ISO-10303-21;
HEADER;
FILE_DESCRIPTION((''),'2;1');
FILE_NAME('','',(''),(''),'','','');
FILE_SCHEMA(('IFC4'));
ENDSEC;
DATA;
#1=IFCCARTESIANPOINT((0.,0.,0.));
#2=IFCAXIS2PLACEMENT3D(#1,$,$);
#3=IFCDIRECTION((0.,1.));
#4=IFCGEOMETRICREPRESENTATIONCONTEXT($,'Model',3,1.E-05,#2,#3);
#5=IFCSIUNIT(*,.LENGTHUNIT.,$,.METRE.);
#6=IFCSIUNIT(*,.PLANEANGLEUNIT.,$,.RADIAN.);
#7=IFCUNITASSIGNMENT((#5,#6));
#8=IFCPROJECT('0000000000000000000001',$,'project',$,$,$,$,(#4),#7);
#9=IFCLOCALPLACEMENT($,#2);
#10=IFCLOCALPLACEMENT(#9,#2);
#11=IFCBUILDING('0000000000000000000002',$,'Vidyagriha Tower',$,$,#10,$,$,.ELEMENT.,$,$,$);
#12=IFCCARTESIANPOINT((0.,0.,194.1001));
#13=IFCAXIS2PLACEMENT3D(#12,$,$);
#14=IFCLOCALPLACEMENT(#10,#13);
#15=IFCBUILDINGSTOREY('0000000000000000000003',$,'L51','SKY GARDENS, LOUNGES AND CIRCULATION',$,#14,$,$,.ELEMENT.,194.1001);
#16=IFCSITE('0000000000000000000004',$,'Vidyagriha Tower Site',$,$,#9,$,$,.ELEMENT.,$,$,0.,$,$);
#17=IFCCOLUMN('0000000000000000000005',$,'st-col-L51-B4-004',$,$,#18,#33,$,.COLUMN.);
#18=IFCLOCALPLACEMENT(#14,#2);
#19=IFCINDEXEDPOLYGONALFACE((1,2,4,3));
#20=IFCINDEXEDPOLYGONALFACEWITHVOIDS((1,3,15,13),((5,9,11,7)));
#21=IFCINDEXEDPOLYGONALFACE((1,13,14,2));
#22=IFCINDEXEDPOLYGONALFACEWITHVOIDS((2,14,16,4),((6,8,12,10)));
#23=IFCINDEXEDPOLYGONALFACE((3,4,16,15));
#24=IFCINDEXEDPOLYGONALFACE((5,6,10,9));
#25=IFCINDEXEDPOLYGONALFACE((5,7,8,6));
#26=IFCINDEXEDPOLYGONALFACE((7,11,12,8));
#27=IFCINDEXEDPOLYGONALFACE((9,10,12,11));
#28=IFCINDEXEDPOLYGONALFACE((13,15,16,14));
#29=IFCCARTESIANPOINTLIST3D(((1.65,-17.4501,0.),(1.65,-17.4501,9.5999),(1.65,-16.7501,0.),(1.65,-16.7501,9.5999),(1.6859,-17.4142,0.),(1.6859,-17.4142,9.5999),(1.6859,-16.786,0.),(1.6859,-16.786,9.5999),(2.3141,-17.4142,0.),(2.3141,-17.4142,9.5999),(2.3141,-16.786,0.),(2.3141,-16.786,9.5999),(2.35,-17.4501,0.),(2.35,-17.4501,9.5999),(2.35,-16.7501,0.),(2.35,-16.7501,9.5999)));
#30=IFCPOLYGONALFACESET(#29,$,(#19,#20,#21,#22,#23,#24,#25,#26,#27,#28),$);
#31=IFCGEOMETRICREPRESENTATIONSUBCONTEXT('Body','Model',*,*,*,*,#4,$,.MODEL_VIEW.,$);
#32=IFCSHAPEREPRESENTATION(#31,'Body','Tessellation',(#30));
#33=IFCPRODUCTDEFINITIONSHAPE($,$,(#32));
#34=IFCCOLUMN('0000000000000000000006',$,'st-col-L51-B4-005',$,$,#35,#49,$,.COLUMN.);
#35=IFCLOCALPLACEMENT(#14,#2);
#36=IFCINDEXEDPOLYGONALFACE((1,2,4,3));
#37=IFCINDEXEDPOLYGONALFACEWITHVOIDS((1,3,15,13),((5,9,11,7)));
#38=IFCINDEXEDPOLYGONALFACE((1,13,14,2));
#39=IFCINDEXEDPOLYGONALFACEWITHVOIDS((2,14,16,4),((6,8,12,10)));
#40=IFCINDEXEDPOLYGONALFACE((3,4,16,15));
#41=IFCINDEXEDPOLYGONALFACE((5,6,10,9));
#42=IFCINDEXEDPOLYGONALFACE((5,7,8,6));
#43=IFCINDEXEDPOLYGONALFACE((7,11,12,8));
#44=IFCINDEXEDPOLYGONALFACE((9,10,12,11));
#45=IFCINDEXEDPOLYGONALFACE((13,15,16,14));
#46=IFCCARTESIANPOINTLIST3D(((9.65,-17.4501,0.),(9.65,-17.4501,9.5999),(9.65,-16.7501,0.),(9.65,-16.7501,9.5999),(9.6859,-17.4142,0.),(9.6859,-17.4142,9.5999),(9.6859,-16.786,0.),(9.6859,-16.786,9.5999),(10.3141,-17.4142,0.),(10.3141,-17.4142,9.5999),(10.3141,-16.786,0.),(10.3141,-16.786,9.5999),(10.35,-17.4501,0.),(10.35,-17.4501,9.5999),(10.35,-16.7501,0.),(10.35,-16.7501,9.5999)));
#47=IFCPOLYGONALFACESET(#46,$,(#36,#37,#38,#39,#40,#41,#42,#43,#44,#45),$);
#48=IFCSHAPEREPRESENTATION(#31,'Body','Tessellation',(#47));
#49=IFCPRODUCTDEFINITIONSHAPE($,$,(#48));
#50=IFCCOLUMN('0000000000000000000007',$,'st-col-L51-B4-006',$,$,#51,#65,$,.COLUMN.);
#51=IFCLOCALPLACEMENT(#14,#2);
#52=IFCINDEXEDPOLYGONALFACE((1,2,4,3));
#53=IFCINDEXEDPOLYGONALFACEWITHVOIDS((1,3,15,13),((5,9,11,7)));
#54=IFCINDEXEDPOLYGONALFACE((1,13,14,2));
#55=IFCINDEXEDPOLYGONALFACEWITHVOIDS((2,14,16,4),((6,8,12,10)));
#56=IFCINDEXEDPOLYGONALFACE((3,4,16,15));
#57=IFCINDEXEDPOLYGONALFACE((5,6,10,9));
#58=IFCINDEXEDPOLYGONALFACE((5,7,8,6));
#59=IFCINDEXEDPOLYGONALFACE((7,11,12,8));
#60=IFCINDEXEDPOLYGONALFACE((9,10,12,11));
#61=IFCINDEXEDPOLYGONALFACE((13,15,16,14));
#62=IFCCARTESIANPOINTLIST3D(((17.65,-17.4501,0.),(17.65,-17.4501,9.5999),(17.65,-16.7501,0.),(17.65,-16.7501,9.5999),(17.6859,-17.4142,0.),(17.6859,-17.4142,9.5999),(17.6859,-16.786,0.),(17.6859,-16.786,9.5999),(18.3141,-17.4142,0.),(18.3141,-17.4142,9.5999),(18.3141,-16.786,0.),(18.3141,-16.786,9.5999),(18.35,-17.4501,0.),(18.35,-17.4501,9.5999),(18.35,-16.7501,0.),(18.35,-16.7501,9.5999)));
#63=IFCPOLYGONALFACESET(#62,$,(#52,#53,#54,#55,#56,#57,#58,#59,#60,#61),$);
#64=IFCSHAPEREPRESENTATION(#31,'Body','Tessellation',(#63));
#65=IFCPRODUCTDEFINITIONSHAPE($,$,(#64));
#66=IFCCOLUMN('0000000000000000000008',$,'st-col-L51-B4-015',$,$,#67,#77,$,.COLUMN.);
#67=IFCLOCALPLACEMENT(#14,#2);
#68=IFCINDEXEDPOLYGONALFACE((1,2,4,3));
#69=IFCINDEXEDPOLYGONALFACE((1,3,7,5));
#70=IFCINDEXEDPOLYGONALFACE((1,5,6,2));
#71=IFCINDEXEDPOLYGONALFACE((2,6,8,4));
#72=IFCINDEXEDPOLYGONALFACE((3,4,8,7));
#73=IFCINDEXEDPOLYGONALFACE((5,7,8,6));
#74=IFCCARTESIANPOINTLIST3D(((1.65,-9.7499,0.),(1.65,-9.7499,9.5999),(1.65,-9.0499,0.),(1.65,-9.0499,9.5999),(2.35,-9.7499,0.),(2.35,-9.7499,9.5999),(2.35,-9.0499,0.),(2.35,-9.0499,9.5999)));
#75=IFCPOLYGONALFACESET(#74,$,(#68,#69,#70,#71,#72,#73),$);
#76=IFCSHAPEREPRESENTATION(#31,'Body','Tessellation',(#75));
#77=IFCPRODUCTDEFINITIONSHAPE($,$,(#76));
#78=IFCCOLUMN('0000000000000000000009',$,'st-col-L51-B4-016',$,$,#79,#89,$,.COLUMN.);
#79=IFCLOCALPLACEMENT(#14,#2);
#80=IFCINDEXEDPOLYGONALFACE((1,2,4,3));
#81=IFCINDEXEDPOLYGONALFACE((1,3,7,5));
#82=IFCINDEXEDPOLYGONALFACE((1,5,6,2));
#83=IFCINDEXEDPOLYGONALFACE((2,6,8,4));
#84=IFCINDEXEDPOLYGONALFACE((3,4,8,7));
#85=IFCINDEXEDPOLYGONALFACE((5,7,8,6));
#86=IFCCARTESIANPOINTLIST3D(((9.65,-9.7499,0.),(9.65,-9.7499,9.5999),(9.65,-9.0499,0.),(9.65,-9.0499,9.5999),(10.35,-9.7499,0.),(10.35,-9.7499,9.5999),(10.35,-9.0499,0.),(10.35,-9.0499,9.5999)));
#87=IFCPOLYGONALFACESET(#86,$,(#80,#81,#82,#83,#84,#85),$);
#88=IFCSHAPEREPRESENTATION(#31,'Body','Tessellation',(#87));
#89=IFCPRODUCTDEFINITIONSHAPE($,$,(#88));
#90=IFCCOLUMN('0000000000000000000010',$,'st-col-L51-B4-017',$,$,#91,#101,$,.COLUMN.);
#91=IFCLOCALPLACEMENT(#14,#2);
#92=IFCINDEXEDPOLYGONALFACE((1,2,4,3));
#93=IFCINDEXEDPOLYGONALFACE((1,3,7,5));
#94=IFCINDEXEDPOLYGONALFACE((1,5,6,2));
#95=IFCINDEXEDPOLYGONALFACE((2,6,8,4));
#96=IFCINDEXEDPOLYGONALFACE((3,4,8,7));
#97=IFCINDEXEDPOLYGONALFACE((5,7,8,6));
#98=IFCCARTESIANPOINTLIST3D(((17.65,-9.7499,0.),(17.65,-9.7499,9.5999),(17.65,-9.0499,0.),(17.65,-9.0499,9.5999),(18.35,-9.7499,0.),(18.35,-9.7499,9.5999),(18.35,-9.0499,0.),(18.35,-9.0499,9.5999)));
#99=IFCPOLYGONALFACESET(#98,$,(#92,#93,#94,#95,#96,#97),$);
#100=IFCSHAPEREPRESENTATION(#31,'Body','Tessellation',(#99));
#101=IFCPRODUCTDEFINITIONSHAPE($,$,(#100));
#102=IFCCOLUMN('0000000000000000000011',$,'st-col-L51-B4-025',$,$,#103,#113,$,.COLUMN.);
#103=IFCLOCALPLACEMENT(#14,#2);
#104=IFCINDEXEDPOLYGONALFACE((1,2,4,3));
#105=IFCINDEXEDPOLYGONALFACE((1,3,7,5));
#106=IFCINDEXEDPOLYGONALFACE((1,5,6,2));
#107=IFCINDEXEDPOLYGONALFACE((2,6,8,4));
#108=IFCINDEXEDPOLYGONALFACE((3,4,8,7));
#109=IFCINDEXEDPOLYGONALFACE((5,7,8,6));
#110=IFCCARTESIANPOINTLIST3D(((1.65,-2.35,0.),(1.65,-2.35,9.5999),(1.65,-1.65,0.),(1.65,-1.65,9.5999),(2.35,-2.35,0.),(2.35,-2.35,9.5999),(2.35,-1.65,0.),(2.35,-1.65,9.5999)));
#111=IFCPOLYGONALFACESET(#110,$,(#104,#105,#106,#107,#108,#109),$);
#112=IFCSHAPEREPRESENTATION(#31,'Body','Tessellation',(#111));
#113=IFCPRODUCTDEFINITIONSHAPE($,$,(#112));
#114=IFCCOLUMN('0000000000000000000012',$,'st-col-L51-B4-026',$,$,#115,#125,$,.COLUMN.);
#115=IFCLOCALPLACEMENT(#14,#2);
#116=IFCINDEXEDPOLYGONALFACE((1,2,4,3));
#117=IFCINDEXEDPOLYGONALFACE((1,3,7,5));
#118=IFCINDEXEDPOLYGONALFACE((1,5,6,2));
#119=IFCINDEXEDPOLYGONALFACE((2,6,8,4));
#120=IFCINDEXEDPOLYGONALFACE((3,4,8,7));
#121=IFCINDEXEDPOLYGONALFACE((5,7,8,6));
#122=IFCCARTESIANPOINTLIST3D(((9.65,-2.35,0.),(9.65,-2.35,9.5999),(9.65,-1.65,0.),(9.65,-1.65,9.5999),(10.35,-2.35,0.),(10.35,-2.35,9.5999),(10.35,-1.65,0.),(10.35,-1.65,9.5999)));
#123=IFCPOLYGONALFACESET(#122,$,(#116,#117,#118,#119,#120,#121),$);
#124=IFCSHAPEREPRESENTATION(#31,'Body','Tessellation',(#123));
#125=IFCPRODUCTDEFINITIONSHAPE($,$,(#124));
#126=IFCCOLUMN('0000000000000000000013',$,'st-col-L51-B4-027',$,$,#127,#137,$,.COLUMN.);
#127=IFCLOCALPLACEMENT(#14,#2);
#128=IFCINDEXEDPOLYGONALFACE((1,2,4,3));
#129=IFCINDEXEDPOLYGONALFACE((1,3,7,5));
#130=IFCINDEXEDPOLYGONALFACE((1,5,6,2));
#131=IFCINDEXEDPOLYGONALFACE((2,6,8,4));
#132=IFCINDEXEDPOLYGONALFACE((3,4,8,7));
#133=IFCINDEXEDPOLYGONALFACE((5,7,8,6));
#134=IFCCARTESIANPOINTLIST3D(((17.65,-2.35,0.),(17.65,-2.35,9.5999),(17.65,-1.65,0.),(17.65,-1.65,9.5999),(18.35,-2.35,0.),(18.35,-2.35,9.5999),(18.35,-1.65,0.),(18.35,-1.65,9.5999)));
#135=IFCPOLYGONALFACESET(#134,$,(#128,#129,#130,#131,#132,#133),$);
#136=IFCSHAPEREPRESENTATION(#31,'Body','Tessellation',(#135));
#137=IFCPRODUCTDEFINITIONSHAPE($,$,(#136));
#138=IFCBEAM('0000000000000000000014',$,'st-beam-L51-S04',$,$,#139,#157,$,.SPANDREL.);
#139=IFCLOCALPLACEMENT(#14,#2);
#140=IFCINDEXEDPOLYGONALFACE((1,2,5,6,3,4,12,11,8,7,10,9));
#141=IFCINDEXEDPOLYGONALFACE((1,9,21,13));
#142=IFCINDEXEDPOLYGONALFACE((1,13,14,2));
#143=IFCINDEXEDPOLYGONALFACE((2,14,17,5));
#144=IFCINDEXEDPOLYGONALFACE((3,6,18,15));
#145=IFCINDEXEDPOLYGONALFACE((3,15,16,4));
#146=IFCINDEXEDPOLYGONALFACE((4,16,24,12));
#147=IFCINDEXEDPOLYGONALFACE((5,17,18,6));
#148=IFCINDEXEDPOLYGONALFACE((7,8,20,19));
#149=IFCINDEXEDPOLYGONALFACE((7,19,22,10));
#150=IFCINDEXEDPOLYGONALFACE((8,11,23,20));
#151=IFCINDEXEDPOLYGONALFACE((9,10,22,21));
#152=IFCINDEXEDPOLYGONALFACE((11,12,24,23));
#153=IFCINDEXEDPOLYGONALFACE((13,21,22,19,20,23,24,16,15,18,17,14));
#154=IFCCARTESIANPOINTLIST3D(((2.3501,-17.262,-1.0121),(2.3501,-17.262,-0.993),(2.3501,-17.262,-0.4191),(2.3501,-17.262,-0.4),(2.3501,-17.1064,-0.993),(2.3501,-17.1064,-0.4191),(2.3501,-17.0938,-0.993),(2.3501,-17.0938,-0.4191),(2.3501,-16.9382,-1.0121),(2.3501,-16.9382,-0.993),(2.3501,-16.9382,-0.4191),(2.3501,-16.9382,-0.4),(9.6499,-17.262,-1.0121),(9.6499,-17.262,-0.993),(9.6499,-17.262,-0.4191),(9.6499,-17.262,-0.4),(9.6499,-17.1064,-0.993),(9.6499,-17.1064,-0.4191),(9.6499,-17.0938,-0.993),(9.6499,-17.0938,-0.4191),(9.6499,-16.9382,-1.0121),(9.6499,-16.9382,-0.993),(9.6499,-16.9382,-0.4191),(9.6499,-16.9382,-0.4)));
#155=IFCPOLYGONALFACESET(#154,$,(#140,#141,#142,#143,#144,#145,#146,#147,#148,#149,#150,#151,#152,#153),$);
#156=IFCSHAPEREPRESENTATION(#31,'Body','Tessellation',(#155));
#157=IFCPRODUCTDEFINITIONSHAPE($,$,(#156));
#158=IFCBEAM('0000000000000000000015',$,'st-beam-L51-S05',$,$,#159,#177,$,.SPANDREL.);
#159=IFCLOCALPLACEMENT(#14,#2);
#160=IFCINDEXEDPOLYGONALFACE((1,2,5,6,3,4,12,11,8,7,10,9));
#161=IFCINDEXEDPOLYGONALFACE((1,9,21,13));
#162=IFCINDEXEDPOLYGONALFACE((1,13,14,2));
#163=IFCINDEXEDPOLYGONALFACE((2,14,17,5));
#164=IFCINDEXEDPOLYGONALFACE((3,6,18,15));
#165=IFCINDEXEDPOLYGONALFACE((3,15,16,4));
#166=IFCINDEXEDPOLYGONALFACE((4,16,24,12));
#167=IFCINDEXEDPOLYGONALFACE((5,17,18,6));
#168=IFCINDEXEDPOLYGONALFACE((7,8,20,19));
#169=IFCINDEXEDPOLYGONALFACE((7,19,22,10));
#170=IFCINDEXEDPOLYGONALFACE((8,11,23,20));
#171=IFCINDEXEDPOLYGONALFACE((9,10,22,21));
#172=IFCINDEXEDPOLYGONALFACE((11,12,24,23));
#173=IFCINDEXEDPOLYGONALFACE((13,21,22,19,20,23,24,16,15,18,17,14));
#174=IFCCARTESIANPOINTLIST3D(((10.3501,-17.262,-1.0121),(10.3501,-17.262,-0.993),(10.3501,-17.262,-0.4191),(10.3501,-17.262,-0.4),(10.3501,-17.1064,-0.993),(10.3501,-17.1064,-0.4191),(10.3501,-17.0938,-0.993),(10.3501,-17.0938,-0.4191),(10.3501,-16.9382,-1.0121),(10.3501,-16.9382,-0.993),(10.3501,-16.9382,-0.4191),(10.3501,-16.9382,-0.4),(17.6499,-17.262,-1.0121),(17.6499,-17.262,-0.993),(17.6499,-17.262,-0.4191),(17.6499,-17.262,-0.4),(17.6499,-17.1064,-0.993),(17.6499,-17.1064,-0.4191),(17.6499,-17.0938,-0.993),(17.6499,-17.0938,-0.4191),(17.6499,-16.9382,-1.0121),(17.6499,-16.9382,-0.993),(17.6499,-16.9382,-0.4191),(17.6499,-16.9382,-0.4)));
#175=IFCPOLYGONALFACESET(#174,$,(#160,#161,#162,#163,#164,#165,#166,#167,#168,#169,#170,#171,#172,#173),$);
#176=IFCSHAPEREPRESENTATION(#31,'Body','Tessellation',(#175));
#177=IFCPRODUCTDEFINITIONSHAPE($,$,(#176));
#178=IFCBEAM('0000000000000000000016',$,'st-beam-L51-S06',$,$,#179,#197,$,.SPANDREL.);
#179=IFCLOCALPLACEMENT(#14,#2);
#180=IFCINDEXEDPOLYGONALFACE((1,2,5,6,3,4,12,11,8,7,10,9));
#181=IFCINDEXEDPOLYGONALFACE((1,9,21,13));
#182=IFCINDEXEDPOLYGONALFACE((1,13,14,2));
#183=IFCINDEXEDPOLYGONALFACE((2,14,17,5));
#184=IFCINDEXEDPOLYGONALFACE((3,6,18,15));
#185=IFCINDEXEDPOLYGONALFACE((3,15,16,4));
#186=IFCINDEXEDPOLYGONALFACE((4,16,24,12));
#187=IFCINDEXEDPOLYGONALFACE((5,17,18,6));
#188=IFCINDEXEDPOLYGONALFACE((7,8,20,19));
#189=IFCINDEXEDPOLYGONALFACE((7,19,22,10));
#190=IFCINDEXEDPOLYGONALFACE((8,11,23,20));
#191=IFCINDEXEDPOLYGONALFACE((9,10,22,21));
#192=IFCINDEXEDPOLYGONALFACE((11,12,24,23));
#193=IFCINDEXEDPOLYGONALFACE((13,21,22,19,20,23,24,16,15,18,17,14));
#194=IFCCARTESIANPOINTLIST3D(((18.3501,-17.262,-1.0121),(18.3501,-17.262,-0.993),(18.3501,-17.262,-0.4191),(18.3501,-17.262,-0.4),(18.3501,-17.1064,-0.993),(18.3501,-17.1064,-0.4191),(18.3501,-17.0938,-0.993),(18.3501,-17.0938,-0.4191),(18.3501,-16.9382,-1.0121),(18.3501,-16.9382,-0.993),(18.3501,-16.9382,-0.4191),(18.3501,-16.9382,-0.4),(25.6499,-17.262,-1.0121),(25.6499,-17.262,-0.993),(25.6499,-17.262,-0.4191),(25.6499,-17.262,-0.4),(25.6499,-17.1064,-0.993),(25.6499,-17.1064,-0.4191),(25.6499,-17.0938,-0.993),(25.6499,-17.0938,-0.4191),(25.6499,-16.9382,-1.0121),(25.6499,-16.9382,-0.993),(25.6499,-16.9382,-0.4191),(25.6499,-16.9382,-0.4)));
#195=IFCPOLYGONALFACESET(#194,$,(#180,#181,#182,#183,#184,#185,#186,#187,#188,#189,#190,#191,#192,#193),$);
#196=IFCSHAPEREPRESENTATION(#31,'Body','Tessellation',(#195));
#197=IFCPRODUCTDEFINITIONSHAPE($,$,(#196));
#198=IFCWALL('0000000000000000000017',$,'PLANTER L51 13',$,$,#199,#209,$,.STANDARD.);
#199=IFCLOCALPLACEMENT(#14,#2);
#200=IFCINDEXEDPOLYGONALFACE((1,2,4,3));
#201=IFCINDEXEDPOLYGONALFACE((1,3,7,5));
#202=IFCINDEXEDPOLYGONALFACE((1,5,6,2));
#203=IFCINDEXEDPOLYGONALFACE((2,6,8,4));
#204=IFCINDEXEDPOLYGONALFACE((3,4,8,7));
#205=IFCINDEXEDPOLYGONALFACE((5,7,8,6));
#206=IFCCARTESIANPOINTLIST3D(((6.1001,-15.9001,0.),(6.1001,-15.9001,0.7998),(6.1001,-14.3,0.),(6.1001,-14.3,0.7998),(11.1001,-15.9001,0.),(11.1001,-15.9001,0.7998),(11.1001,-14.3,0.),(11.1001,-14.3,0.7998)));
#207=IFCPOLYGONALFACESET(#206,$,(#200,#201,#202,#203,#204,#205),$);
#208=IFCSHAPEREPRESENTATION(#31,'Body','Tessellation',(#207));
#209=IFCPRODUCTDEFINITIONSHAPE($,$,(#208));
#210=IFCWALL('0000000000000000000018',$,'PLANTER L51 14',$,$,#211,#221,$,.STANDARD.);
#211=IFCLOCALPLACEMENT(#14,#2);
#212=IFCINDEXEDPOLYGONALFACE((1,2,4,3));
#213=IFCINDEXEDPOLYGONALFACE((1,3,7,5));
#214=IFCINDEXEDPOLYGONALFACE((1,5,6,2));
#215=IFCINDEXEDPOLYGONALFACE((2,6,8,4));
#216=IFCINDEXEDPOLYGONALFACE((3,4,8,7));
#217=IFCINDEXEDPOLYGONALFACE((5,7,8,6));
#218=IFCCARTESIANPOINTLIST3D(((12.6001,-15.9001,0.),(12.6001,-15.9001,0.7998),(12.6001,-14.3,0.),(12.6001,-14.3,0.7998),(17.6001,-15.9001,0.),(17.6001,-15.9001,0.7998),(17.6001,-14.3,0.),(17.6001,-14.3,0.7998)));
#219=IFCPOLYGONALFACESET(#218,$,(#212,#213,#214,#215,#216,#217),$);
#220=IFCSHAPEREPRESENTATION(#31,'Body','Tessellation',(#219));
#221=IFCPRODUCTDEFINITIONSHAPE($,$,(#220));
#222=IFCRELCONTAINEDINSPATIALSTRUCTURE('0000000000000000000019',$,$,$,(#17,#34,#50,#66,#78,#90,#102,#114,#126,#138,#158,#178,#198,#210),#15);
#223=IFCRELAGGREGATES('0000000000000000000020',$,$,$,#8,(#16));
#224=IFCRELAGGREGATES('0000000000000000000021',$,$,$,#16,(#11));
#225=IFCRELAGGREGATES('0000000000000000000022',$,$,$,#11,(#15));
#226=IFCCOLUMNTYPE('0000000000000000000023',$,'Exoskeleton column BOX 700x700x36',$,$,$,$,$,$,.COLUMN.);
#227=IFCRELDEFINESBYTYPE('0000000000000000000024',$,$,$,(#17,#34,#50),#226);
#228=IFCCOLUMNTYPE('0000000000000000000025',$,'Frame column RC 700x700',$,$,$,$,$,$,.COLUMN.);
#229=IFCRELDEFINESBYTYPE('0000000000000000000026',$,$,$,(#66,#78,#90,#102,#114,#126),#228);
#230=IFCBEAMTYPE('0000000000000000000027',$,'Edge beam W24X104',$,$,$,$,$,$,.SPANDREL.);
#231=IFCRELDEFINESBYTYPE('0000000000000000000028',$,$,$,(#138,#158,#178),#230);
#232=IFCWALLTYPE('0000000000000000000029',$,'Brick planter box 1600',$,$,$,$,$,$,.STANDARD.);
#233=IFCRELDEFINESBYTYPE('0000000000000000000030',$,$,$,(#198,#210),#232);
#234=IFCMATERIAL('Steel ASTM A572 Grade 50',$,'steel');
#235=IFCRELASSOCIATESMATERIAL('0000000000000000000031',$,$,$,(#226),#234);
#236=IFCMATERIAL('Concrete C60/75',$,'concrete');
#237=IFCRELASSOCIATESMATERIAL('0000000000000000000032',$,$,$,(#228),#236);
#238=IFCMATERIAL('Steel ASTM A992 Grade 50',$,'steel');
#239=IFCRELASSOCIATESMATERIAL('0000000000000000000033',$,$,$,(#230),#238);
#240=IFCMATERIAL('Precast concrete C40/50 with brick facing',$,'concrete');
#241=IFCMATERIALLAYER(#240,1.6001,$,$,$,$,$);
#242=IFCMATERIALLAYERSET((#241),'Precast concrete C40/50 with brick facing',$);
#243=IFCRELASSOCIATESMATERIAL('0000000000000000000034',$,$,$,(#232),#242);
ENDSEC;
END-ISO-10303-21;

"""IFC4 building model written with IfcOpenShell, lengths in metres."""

from ifc_helpers import new_model, si_unit, direction, frame, frame_2d, origin, origin_2d, place, context, subcontext, project, spatial, rectangle, hollow_rectangle, i_section, extrude, material, layer, layer_set, material_profile, profile_set, type_object, element, save


model = new_model("IFC4")

# Units and contexts
model_context = context("Model", 3, precision=1e-05, world=origin(), true_north=direction((0.0, 1.0)))
body_context = subcontext(model_context, "Body", "Model", "MODEL_VIEW")
ifc_project = project(units=[si_unit("LENGTHUNIT", "METRE"), si_unit("PLANEANGLEUNIT", "RADIAN")], contexts=[model_context])

# Site, building, storey
site_placement = place(None, origin())
site = spatial("IfcSite", under=ifc_project, at=site_placement, Name="Vidyagriha Tower Site", CompositionType="ELEMENT", RefElevation=0.0)
building_placement = place(site_placement, origin())
building = spatial("IfcBuilding", under=site, at=building_placement, Name="Vidyagriha Tower", CompositionType="ELEMENT")
storey_placement = place(building_placement, frame((0.0, 0.0, 194.1001)))
storey = spatial("IfcBuildingStorey", under=building, at=storey_placement, Name="L51", Description="SKY GARDENS, LOUNGES AND CIRCULATION", CompositionType="ELEMENT", Elevation=194.1001)

# Columns
ifc_material_1 = material(Name="Steel ASTM A572 Grade 50", Category="steel")
ifc_material_profile_1 = material_profile(ifc_material_1, hollow_rectangle(XDim=0.7, YDim=0.7, WallThickness=0.0359, at=origin_2d()), Name="BOX 700x700x36")
ifc_profile_set_1 = profile_set([ifc_material_profile_1], Name="Steel ASTM A572 Grade 50")
column_type_1 = type_object("IfcColumnType", Name="Exoskeleton column BOX 700x700x36", PredefinedType="COLUMN", material=ifc_profile_set_1)
for number, where, name in (
    (1, (2.0, -17.1001, 0.0), "st-col-L51-B4-004"),
    (2, (10.0, -17.1001, 0.0), "st-col-L51-B4-005"),
    (3, (18.0, -17.1001, 0.0), "st-col-L51-B4-006"),
):
    element("IfcColumn", number, at=place(storey_placement, frame(where)), inside=storey, type_object=column_type_1, Name=name, PredefinedType="COLUMN", context=body_context, shape_type="SweptSolid", body=[
        extrude(hollow_rectangle(XDim=0.7, YDim=0.7, WallThickness=0.0359, at=origin_2d()), origin(), (0.0, 0.0, 1.0), 9.5999),
    ])
ifc_material_2 = material(Name="Concrete C60/75", Category="concrete")
ifc_material_profile_2 = material_profile(ifc_material_2, rectangle(XDim=0.7, YDim=0.7, at=origin_2d()), Name="RC 700x700")
ifc_profile_set_2 = profile_set([ifc_material_profile_2], Name="Concrete C60/75")
column_type_2 = type_object("IfcColumnType", Name="Frame column RC 700x700", PredefinedType="COLUMN", material=ifc_profile_set_2)
for number, where, name in (
    (4, (2.0, -9.3999, 0.0), "st-col-L51-B4-015"),
    (5, (10.0, -9.3999, 0.0), "st-col-L51-B4-016"),
    (6, (18.0, -9.3999, 0.0), "st-col-L51-B4-017"),
    (7, (2.0, -2.0, 0.0), "st-col-L51-B4-025"),
    (8, (10.0, -2.0, 0.0), "st-col-L51-B4-026"),
    (9, (18.0, -2.0, 0.0), "st-col-L51-B4-027"),
):
    element("IfcColumn", number, at=place(storey_placement, frame(where)), inside=storey, type_object=column_type_2, Name=name, PredefinedType="COLUMN", context=body_context, shape_type="SweptSolid", body=[
        extrude(rectangle(XDim=0.7, YDim=0.7, at=origin_2d()), origin(), (0.0, 0.0, 1.0), 9.5999),
    ])

# Beams
ifc_material_3 = material(Name="Steel ASTM A992 Grade 50", Category="steel")
ifc_material_profile_3 = material_profile(ifc_material_3, i_section(OverallWidth=0.3237, OverallDepth=0.6121, WebThickness=0.0127, FlangeThickness=0.019, at=origin_2d()), Name="W24X104")
ifc_profile_set_3 = profile_set([ifc_material_profile_3], Name="Steel ASTM A992 Grade 50")
beam_type = type_object("IfcBeamType", Name="Edge beam W24X104", PredefinedType="SPANDREL", material=ifc_profile_set_3)
for number, where, z_axis, x_axis, name in (
    (10, (2.3501, -17.1001, -0.7061), (1.0, 0.0, 0.0), (0.0, 1.0, 0.0), "st-beam-L51-S04"),
    (11, (10.3501, -17.1001, -0.7061), (1.0, 0.0, 0.0), (0.0, 1.0, 0.0), "st-beam-L51-S05"),
    (12, (18.3501, -17.1001, -0.7061), (1.0, 0.0, 0.0), (0.0, 1.0, 0.0), "st-beam-L51-S06"),
):
    element("IfcBeam", number, at=place(storey_placement, frame(where, z_axis=z_axis, x_axis=x_axis)), inside=storey, type_object=beam_type, Name=name, PredefinedType="SPANDREL", context=body_context, shape_type="SweptSolid", body=[
        extrude(i_section(OverallWidth=0.3237, OverallDepth=0.6121, WebThickness=0.0127, FlangeThickness=0.019, at=origin_2d()), origin(), (0.0, 0.0, 1.0), 7.2998),
    ])

# Walls
ifc_material_4 = material(Name="Precast concrete C40/50 with brick facing", Category="concrete")
ifc_layer_1 = layer(ifc_material_4, 1.6001)
ifc_layer_set_1 = layer_set([ifc_layer_1], Name="Precast concrete C40/50 with brick facing")
wall_type_1 = type_object("IfcWallType", Name="Brick planter box 1600", PredefinedType="STANDARD", material=ifc_layer_set_1)
for number, where, name in (
    (13, (6.1001, -15.1001, 0.0), "PLANTER L51 13"),
    (14, (12.6001, -15.1001, 0.0), "PLANTER L51 14"),
):
    element("IfcWall", number, at=place(storey_placement, frame(where)), inside=storey, type_object=wall_type_1, Name=name, PredefinedType="STANDARD", context=body_context, shape_type="SweptSolid", body=[
        extrude(rectangle(XDim=5.0, YDim=1.6001, at=frame_2d((2.5, 0.0))), origin(), (0.0, 0.0, 1.0), 0.7998),
    ])

save(model, "model.ifc")
